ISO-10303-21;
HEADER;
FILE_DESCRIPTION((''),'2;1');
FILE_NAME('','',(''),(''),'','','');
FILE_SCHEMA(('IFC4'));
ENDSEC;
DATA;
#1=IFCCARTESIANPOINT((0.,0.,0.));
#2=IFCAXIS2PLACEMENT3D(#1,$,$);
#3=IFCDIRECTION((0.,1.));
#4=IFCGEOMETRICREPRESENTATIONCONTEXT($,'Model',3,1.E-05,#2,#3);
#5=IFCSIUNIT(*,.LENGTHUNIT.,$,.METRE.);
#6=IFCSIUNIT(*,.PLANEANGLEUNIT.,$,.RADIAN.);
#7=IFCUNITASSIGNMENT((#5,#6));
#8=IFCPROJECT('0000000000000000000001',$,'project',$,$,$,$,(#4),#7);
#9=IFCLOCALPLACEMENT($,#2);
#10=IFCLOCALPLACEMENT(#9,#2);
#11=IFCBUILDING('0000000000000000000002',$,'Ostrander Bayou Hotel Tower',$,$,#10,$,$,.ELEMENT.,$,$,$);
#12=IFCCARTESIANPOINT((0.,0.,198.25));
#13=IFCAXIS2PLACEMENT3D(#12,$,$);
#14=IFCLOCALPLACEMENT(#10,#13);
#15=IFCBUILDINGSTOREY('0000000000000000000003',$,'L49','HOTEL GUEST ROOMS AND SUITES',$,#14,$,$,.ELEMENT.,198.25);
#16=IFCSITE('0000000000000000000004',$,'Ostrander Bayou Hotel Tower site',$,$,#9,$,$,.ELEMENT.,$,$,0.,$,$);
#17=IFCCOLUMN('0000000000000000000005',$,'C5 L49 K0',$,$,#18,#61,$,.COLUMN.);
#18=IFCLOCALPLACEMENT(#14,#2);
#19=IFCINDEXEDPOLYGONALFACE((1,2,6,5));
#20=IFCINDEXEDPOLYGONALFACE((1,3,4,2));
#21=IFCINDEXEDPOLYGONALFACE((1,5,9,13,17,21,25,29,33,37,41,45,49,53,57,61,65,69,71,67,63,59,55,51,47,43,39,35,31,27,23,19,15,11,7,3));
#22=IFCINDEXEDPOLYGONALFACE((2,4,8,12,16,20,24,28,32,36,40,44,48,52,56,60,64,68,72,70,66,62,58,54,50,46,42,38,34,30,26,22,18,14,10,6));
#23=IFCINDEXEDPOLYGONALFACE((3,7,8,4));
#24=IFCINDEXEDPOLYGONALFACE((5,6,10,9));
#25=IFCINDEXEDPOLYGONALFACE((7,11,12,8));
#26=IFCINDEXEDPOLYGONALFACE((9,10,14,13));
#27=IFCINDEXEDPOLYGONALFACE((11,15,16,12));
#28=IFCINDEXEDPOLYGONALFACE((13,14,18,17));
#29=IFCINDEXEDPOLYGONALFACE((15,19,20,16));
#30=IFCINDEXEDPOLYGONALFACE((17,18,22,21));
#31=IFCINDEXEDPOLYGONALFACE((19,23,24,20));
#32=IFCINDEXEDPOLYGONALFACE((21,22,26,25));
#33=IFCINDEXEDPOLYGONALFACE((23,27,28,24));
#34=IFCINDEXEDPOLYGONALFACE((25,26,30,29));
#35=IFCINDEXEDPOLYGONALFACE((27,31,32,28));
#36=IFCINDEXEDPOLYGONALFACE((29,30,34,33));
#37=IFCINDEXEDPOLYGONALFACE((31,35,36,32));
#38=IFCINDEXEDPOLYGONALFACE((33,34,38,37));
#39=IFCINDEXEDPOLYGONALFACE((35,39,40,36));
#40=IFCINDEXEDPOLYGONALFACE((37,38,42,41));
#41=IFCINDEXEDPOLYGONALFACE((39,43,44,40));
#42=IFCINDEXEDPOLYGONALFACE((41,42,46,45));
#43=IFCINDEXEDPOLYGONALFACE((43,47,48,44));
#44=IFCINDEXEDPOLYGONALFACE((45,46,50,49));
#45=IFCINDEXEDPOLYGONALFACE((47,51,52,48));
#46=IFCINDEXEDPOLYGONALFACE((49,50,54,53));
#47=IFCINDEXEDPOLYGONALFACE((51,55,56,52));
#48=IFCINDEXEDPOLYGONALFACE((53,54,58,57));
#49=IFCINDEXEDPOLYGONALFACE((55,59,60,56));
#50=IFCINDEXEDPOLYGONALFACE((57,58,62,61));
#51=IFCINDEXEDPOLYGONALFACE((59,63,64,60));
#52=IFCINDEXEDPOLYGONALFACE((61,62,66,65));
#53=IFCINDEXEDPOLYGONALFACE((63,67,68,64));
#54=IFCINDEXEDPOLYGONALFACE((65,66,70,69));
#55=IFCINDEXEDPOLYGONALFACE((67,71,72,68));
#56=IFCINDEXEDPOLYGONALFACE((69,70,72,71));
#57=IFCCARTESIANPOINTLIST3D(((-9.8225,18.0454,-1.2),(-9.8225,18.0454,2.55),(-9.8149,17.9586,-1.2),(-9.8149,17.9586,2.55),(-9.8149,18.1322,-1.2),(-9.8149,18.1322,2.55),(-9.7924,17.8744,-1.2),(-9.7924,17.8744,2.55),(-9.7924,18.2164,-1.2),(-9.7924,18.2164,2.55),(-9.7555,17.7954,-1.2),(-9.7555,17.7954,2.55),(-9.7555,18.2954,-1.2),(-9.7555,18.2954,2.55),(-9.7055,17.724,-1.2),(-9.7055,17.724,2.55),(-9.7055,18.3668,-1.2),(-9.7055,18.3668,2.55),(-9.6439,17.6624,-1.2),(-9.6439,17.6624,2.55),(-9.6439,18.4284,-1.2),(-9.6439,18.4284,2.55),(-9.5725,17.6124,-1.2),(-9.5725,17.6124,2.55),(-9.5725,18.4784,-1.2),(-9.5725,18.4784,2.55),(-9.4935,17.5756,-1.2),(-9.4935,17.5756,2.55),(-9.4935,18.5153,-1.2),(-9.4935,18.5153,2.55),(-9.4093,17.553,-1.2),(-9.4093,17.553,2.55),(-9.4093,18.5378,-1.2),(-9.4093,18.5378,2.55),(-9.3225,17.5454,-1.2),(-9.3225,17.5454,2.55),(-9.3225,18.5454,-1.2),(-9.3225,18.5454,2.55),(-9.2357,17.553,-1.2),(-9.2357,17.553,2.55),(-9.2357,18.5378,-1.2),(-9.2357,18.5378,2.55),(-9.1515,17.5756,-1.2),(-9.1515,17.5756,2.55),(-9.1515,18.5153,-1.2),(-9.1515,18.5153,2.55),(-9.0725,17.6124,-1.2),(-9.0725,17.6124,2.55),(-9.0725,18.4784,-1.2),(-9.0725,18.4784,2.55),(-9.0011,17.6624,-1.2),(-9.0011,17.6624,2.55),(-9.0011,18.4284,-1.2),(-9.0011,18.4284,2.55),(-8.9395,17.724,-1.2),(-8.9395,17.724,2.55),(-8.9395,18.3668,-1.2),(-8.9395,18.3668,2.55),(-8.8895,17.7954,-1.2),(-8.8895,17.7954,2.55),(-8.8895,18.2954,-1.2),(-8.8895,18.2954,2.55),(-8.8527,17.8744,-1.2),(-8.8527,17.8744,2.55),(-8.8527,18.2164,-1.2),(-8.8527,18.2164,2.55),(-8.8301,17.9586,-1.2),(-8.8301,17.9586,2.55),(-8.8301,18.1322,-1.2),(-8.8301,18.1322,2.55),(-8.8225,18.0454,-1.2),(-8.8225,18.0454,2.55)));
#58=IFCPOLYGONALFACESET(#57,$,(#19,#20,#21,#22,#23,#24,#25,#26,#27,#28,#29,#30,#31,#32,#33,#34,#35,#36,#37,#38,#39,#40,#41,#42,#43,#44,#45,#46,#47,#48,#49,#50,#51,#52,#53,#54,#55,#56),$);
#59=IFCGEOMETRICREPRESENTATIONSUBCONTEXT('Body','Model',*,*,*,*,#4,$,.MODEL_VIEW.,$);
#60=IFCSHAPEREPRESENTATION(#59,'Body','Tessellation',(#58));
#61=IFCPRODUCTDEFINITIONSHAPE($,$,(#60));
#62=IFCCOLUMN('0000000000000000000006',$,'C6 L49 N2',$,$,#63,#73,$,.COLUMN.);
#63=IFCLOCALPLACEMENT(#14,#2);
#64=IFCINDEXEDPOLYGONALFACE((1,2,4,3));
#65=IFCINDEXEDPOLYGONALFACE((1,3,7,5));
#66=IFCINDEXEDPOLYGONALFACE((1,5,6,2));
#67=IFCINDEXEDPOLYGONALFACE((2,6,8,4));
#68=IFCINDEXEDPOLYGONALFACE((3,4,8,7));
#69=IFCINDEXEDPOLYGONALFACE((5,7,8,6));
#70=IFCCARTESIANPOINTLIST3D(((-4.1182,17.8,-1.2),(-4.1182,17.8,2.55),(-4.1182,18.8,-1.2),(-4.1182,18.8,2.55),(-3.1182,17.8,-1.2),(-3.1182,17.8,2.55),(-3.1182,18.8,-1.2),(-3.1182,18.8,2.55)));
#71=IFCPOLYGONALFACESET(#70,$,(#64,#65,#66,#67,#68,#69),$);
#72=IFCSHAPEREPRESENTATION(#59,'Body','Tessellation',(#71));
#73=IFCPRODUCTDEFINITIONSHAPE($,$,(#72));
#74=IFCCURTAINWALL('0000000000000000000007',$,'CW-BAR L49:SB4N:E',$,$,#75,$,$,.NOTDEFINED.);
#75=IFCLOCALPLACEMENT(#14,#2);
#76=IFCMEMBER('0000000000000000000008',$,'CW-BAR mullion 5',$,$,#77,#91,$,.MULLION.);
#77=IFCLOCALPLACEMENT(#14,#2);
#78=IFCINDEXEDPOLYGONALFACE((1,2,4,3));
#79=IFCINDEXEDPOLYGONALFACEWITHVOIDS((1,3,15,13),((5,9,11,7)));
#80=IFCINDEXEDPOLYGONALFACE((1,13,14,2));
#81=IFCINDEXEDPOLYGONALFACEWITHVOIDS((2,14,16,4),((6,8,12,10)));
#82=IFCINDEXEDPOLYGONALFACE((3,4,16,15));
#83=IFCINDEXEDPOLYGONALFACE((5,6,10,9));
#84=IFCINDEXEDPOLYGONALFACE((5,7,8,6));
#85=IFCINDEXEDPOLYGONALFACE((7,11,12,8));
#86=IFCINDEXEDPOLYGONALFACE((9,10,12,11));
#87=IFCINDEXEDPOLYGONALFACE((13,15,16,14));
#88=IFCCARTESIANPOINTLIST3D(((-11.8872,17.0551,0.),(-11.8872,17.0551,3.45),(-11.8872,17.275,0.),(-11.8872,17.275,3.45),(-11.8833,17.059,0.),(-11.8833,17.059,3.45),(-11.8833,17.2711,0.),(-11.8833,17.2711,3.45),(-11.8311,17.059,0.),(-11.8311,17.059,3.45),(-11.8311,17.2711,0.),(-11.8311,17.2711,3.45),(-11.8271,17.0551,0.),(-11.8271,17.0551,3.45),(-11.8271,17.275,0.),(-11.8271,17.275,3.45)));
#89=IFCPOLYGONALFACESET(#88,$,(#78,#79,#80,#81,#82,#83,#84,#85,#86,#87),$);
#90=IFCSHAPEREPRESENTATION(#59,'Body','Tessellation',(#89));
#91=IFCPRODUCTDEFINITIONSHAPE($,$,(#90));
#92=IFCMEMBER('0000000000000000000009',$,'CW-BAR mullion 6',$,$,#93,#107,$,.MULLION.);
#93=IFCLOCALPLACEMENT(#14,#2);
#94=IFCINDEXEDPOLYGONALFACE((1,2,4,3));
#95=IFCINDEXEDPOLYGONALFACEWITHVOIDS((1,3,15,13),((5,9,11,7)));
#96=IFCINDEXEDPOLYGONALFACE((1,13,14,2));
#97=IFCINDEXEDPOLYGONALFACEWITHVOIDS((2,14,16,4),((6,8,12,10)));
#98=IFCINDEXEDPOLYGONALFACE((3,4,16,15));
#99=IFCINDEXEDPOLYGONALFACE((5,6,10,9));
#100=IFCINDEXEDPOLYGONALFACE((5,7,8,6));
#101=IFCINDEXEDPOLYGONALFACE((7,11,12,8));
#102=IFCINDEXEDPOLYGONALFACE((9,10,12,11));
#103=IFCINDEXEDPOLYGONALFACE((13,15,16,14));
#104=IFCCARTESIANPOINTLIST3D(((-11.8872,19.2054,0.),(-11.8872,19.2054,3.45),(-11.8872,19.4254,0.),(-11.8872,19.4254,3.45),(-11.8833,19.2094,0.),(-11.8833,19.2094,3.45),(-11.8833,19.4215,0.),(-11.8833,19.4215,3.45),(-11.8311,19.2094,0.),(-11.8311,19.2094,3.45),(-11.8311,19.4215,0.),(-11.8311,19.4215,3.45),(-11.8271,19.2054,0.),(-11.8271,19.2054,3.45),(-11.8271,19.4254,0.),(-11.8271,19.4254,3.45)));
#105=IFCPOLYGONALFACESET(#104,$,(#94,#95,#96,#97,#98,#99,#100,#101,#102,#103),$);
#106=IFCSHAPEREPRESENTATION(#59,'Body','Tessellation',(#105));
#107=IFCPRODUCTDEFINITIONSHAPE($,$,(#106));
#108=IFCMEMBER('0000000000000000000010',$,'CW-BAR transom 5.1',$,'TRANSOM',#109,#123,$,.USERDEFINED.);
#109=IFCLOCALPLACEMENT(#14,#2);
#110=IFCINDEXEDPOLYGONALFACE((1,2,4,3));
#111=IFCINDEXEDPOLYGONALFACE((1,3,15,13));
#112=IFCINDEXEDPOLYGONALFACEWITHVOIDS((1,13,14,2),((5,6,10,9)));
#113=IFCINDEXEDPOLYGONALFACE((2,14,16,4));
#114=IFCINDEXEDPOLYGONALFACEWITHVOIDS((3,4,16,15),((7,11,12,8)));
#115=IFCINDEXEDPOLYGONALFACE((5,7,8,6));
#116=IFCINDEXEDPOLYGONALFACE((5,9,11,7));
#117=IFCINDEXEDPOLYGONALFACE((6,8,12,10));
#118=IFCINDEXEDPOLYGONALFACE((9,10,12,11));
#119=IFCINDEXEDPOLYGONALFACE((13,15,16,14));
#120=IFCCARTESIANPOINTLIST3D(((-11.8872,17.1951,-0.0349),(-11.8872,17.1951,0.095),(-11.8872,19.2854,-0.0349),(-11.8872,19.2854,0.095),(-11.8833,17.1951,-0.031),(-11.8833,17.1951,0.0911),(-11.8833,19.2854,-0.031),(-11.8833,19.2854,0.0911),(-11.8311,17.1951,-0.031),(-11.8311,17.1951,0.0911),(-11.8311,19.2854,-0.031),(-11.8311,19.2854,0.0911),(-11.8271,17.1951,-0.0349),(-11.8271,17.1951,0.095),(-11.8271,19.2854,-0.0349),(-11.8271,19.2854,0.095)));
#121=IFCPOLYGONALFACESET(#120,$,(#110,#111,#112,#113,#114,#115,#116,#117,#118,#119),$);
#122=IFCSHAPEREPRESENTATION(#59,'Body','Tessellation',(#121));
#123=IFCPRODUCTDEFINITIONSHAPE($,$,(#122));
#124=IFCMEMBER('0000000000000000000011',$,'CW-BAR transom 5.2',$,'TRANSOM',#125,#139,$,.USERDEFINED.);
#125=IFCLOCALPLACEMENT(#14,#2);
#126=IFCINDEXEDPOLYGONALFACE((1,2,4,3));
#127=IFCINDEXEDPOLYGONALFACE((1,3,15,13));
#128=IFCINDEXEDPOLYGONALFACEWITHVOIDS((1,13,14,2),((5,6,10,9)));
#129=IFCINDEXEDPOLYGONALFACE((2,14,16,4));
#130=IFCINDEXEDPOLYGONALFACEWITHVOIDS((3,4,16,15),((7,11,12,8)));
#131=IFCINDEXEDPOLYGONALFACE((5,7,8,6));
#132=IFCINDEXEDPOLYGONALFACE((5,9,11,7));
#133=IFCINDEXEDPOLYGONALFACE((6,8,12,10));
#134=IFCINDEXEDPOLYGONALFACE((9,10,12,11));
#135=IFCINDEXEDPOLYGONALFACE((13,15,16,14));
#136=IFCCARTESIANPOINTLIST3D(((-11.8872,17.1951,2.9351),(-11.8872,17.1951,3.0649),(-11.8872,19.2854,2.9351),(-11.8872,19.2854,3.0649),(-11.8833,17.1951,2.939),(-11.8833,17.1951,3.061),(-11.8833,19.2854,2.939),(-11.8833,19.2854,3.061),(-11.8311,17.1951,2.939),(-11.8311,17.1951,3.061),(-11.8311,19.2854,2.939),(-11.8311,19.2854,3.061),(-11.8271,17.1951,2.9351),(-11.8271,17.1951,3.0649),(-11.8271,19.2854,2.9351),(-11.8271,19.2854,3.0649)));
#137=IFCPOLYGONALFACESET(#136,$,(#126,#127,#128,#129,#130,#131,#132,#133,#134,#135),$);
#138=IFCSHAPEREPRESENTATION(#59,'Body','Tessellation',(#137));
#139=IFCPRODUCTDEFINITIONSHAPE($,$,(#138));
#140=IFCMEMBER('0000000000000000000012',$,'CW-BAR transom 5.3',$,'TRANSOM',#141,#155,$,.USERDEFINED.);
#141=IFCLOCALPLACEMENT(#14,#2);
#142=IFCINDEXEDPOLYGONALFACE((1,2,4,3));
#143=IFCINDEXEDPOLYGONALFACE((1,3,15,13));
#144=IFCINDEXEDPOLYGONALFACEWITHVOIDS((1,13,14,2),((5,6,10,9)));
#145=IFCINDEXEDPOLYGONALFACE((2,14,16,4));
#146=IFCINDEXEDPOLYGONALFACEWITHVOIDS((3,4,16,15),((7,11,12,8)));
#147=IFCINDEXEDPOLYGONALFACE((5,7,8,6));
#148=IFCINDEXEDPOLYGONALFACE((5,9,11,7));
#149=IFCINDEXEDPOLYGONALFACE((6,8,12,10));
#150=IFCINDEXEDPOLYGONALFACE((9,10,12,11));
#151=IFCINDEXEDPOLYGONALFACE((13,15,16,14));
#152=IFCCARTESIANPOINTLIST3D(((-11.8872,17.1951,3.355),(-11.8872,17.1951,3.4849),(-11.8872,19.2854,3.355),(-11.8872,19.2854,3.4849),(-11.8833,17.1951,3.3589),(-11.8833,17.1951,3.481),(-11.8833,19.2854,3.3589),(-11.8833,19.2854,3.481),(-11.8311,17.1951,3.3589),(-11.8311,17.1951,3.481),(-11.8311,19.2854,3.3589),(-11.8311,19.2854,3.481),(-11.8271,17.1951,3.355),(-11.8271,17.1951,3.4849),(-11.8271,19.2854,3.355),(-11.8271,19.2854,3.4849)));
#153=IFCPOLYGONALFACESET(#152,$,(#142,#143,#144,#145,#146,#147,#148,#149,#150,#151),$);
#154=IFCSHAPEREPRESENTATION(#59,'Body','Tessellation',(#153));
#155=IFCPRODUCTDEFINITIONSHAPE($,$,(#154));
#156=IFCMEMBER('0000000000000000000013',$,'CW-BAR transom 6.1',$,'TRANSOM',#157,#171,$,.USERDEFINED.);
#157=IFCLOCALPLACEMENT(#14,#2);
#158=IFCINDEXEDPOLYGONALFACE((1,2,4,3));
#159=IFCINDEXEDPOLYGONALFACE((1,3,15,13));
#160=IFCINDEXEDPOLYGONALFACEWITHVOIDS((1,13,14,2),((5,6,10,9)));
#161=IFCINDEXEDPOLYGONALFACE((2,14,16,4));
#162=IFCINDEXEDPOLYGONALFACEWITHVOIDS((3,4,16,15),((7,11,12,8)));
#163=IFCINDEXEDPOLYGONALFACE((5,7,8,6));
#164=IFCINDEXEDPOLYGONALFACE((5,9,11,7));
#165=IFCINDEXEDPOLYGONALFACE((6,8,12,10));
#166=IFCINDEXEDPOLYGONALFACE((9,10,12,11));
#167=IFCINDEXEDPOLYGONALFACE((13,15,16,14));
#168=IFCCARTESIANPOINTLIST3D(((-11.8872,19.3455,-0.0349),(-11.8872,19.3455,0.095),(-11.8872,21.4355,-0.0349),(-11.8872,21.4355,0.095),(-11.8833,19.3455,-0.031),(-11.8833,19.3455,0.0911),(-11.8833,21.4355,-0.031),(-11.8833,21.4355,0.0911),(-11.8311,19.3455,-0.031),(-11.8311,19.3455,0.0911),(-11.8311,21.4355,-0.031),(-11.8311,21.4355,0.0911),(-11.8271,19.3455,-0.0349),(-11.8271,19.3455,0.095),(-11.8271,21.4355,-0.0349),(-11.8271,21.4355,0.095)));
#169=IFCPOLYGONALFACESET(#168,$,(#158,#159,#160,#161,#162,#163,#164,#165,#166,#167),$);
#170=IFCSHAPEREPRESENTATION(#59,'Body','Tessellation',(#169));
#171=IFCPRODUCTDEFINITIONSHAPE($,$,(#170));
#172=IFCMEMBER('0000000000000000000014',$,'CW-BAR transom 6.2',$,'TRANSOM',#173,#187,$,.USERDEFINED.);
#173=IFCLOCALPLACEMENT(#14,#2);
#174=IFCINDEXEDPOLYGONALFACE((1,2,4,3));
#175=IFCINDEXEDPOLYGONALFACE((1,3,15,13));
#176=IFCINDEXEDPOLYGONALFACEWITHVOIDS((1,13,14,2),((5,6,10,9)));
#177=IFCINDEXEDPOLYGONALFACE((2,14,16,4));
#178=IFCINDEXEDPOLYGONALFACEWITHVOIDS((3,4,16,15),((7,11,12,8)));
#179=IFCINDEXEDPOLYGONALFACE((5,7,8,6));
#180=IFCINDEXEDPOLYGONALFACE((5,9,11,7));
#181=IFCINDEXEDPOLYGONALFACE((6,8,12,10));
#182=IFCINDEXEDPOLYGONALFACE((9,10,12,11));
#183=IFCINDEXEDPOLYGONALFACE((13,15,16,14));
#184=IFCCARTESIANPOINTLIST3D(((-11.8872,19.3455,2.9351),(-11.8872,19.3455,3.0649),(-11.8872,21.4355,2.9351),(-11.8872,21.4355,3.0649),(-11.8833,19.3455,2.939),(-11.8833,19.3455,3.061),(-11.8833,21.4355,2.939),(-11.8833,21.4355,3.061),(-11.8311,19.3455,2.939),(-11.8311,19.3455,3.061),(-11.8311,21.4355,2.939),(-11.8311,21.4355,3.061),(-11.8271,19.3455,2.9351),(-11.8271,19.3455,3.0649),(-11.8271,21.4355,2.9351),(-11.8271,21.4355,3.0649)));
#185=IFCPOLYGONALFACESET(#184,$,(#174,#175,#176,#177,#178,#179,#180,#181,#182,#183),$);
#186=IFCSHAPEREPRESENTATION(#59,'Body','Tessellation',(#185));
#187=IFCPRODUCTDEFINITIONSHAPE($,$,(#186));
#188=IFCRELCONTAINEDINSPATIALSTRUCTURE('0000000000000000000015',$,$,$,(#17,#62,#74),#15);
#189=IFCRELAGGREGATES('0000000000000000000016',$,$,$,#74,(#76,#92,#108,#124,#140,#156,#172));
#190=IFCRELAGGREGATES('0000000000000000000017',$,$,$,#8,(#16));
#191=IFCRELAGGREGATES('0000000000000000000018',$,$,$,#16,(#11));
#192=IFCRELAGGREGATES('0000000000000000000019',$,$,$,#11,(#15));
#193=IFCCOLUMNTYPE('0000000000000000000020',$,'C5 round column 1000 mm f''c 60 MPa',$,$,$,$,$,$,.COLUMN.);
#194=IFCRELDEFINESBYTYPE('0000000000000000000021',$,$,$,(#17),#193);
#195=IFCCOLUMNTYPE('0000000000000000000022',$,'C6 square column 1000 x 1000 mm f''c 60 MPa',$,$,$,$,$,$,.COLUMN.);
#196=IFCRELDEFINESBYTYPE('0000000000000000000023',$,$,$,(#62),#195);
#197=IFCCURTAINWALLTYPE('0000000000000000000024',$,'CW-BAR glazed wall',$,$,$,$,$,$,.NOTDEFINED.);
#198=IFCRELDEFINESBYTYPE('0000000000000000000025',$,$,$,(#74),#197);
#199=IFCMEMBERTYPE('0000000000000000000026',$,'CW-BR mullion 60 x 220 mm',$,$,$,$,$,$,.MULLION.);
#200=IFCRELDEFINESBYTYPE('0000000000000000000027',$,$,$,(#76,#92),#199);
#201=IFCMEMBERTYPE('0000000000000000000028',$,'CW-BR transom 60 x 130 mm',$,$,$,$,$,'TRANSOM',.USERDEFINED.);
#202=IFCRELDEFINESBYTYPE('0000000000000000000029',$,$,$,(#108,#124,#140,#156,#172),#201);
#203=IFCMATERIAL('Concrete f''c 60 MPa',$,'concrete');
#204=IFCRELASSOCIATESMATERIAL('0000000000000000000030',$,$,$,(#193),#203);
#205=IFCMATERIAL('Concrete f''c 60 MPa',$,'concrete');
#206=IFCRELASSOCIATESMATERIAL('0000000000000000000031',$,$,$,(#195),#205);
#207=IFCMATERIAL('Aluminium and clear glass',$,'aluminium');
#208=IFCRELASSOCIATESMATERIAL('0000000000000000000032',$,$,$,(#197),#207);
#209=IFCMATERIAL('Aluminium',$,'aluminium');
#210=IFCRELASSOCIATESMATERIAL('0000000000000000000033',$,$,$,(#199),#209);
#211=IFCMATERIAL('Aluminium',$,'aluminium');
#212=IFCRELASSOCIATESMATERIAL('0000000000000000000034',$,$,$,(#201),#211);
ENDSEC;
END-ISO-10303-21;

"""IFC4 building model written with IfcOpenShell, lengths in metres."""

from ifc_helpers import new_model, si_unit, direction, frame, origin, origin_2d, place, context, subcontext, project, spatial, rectangle, hollow_rectangle, circle, extrude, material, material_profile, profile_set, type_object, element, aggregate, save


model = new_model("IFC4")

# Units and contexts
model_context = context("Model", 3, precision=1e-05, world=origin(), true_north=direction((0.0, 1.0)))
body_context = subcontext(model_context, "Body", "Model", "MODEL_VIEW")
ifc_project = project(units=[si_unit("LENGTHUNIT", "METRE"), si_unit("PLANEANGLEUNIT", "RADIAN")], contexts=[model_context])

# Site, building, storey
site_placement = place(None, origin())
site = spatial("IfcSite", under=ifc_project, at=site_placement, Name="Ostrander Bayou Hotel Tower site", CompositionType="ELEMENT", RefElevation=0.0)
building_placement = place(site_placement, origin())
building = spatial("IfcBuilding", under=site, at=building_placement, Name="Ostrander Bayou Hotel Tower", CompositionType="ELEMENT")
storey_placement = place(building_placement, frame((0.0, 0.0, 198.25)))
storey = spatial("IfcBuildingStorey", under=building, at=storey_placement, Name="L49", Description="HOTEL GUEST ROOMS AND SUITES", CompositionType="ELEMENT", Elevation=198.25)

# Columns
ifc_material_1 = material(Name="Concrete f'c 60 MPa", Category="concrete")
ifc_material_profile_1 = material_profile(ifc_material_1, circle(Radius=0.5, at=origin_2d()))
ifc_profile_set_1 = profile_set([ifc_material_profile_1], Name="Concrete f'c 60 MPa")
column_type_1 = type_object("IfcColumnType", Name="C5 round column 1000 mm f'c 60 MPa", PredefinedType="COLUMN", material=ifc_profile_set_1)
column_1_placement = place(storey_placement, frame((-9.3225, 18.0454, -1.2), z_axis=(0.0, 0.0, 1.0), x_axis=(1.0, 0.0, 0.0)))
element("IfcColumn", 1, at=column_1_placement, inside=storey, type_object=column_type_1, Name="C5 L49 K0", PredefinedType="COLUMN", context=body_context, shape_type="SweptSolid", body=[
    extrude(circle(Radius=0.5, at=origin_2d()), origin(), (0.0, 0.0, 1.0), 3.75),
])
ifc_material_2 = material(Name="Concrete f'c 60 MPa", Category="concrete")
ifc_material_profile_2 = material_profile(ifc_material_2, rectangle(XDim=1.0, YDim=1.0, at=origin_2d()))
ifc_profile_set_2 = profile_set([ifc_material_profile_2], Name="Concrete f'c 60 MPa")
column_type_2 = type_object("IfcColumnType", Name="C6 square column 1000 x 1000 mm f'c 60 MPa", PredefinedType="COLUMN", material=ifc_profile_set_2)
column_2_placement = place(storey_placement, frame((-3.6182, 18.3, -1.2), z_axis=(0.0, 0.0, 1.0), x_axis=(1.0, 0.0, 0.0)))
element("IfcColumn", 2, at=column_2_placement, inside=storey, type_object=column_type_2, Name="C6 L49 N2", PredefinedType="COLUMN", context=body_context, shape_type="SweptSolid", body=[
    extrude(rectangle(XDim=1.0, YDim=1.0, at=origin_2d()), origin(), (0.0, 0.0, 1.0), 3.75),
])

# Curtain wall, members
ifc_material_3 = material(Name="Aluminium and clear glass", Category="aluminium")
curtain_wall_type = type_object("IfcCurtainWallType", Name="CW-BAR glazed wall", PredefinedType="NOTDEFINED", material=ifc_material_3)
curtain_wall_placement = place(storey_placement, origin())
curtain_wall = element("IfcCurtainWall", 3, at=curtain_wall_placement, inside=storey, type_object=curtain_wall_type, Name="CW-BAR L49:SB4N:E", PredefinedType="NOTDEFINED")
ifc_material_4 = material(Name="Aluminium", Category="aluminium")
ifc_material_profile_3 = material_profile(ifc_material_4, hollow_rectangle(XDim=0.0601, YDim=0.22, WallThickness=0.0039, at=origin_2d()))
ifc_profile_set_3 = profile_set([ifc_material_profile_3], Name="Aluminium")
member_type_1 = type_object("IfcMemberType", Name="CW-BR mullion 60 x 220 mm", PredefinedType="MULLION", material=ifc_profile_set_3)
member_1_placement = place(storey_placement, frame((-11.8572, 17.165, 0.0), z_axis=(0.0, 0.0, 1.0), x_axis=(-1.0, 0.0, 0.0)))
member_1 = element("IfcMember", 4, at=member_1_placement, type_object=member_type_1, Name="CW-BAR mullion 5", PredefinedType="MULLION", context=body_context, shape_type="SweptSolid", body=[
    extrude(hollow_rectangle(XDim=0.0601, YDim=0.22, WallThickness=0.0039, at=origin_2d()), origin(), (0.0, 0.0, 1.0), 3.45),
])
member_2_placement = place(storey_placement, frame((-11.8572, 19.3154, 0.0), z_axis=(0.0, 0.0, 1.0), x_axis=(-1.0, 0.0, 0.0)))
member_2 = element("IfcMember", 5, at=member_2_placement, type_object=member_type_1, Name="CW-BAR mullion 6", PredefinedType="MULLION", context=body_context, shape_type="SweptSolid", body=[
    extrude(hollow_rectangle(XDim=0.0601, YDim=0.22, WallThickness=0.0039, at=origin_2d()), origin(), (0.0, 0.0, 1.0), 3.45),
])
ifc_material_5 = material(Name="Aluminium", Category="aluminium")
ifc_material_profile_4 = material_profile(ifc_material_5, hollow_rectangle(XDim=0.0601, YDim=0.1299, WallThickness=0.0039, at=origin_2d()))
ifc_profile_set_4 = profile_set([ifc_material_profile_4], Name="Aluminium")
member_type_2 = type_object("IfcMemberType", Name="CW-BR transom 60 x 130 mm", ElementType="TRANSOM", PredefinedType="USERDEFINED", material=ifc_profile_set_4)
member_3_placement = place(storey_placement, frame((-11.8572, 17.1951, 0.03), z_axis=(0.0, 1.0, 0.0), x_axis=(-1.0, 0.0, 0.0)))
member_3 = element("IfcMember", 6, at=member_3_placement, type_object=member_type_2, Name="CW-BAR transom 5.1", ObjectType="TRANSOM", PredefinedType="USERDEFINED", context=body_context, shape_type="SweptSolid", body=[
    extrude(hollow_rectangle(XDim=0.0601, YDim=0.1299, WallThickness=0.0039, at=origin_2d()), origin(), (0.0, 0.0, 1.0), 2.0903),
])
member_4_placement = place(storey_placement, frame((-11.8572, 17.1951, 3.0), z_axis=(0.0, 1.0, 0.0), x_axis=(-1.0, 0.0, 0.0)))
member_4 = element("IfcMember", 7, at=member_4_placement, type_object=member_type_2, Name="CW-BAR transom 5.2", ObjectType="TRANSOM", PredefinedType="USERDEFINED", context=body_context, shape_type="SweptSolid", body=[
    extrude(hollow_rectangle(XDim=0.0601, YDim=0.1299, WallThickness=0.0039, at=origin_2d()), origin(), (0.0, 0.0, 1.0), 2.0903),
])
member_5_placement = place(storey_placement, frame((-11.8572, 17.1951, 3.4199), z_axis=(0.0, 1.0, 0.0), x_axis=(-1.0, 0.0, 0.0)))
member_5 = element("IfcMember", 8, at=member_5_placement, type_object=member_type_2, Name="CW-BAR transom 5.3", ObjectType="TRANSOM", PredefinedType="USERDEFINED", context=body_context, shape_type="SweptSolid", body=[
    extrude(hollow_rectangle(XDim=0.0601, YDim=0.1299, WallThickness=0.0039, at=origin_2d()), origin(), (0.0, 0.0, 1.0), 2.0903),
])
member_6_placement = place(storey_placement, frame((-11.8572, 19.3455, 0.03), z_axis=(0.0, 1.0, 0.0), x_axis=(-1.0, 0.0, 0.0)))
member_6 = element("IfcMember", 9, at=member_6_placement, type_object=member_type_2, Name="CW-BAR transom 6.1", ObjectType="TRANSOM", PredefinedType="USERDEFINED", context=body_context, shape_type="SweptSolid", body=[
    extrude(hollow_rectangle(XDim=0.0601, YDim=0.1299, WallThickness=0.0039, at=origin_2d()), origin(), (0.0, 0.0, 1.0), 2.0901),
])
member_7_placement = place(storey_placement, frame((-11.8572, 19.3455, 3.0), z_axis=(0.0, 1.0, 0.0), x_axis=(-1.0, 0.0, 0.0)))
member_7 = element("IfcMember", 10, at=member_7_placement, type_object=member_type_2, Name="CW-BAR transom 6.2", ObjectType="TRANSOM", PredefinedType="USERDEFINED", context=body_context, shape_type="SweptSolid", body=[
    extrude(hollow_rectangle(XDim=0.0601, YDim=0.1299, WallThickness=0.0039, at=origin_2d()), origin(), (0.0, 0.0, 1.0), 2.0901),
])

aggregate(curtain_wall, [member_1, member_2, member_3, member_4, member_5, member_6, member_7])

save(model, "model.ifc")
